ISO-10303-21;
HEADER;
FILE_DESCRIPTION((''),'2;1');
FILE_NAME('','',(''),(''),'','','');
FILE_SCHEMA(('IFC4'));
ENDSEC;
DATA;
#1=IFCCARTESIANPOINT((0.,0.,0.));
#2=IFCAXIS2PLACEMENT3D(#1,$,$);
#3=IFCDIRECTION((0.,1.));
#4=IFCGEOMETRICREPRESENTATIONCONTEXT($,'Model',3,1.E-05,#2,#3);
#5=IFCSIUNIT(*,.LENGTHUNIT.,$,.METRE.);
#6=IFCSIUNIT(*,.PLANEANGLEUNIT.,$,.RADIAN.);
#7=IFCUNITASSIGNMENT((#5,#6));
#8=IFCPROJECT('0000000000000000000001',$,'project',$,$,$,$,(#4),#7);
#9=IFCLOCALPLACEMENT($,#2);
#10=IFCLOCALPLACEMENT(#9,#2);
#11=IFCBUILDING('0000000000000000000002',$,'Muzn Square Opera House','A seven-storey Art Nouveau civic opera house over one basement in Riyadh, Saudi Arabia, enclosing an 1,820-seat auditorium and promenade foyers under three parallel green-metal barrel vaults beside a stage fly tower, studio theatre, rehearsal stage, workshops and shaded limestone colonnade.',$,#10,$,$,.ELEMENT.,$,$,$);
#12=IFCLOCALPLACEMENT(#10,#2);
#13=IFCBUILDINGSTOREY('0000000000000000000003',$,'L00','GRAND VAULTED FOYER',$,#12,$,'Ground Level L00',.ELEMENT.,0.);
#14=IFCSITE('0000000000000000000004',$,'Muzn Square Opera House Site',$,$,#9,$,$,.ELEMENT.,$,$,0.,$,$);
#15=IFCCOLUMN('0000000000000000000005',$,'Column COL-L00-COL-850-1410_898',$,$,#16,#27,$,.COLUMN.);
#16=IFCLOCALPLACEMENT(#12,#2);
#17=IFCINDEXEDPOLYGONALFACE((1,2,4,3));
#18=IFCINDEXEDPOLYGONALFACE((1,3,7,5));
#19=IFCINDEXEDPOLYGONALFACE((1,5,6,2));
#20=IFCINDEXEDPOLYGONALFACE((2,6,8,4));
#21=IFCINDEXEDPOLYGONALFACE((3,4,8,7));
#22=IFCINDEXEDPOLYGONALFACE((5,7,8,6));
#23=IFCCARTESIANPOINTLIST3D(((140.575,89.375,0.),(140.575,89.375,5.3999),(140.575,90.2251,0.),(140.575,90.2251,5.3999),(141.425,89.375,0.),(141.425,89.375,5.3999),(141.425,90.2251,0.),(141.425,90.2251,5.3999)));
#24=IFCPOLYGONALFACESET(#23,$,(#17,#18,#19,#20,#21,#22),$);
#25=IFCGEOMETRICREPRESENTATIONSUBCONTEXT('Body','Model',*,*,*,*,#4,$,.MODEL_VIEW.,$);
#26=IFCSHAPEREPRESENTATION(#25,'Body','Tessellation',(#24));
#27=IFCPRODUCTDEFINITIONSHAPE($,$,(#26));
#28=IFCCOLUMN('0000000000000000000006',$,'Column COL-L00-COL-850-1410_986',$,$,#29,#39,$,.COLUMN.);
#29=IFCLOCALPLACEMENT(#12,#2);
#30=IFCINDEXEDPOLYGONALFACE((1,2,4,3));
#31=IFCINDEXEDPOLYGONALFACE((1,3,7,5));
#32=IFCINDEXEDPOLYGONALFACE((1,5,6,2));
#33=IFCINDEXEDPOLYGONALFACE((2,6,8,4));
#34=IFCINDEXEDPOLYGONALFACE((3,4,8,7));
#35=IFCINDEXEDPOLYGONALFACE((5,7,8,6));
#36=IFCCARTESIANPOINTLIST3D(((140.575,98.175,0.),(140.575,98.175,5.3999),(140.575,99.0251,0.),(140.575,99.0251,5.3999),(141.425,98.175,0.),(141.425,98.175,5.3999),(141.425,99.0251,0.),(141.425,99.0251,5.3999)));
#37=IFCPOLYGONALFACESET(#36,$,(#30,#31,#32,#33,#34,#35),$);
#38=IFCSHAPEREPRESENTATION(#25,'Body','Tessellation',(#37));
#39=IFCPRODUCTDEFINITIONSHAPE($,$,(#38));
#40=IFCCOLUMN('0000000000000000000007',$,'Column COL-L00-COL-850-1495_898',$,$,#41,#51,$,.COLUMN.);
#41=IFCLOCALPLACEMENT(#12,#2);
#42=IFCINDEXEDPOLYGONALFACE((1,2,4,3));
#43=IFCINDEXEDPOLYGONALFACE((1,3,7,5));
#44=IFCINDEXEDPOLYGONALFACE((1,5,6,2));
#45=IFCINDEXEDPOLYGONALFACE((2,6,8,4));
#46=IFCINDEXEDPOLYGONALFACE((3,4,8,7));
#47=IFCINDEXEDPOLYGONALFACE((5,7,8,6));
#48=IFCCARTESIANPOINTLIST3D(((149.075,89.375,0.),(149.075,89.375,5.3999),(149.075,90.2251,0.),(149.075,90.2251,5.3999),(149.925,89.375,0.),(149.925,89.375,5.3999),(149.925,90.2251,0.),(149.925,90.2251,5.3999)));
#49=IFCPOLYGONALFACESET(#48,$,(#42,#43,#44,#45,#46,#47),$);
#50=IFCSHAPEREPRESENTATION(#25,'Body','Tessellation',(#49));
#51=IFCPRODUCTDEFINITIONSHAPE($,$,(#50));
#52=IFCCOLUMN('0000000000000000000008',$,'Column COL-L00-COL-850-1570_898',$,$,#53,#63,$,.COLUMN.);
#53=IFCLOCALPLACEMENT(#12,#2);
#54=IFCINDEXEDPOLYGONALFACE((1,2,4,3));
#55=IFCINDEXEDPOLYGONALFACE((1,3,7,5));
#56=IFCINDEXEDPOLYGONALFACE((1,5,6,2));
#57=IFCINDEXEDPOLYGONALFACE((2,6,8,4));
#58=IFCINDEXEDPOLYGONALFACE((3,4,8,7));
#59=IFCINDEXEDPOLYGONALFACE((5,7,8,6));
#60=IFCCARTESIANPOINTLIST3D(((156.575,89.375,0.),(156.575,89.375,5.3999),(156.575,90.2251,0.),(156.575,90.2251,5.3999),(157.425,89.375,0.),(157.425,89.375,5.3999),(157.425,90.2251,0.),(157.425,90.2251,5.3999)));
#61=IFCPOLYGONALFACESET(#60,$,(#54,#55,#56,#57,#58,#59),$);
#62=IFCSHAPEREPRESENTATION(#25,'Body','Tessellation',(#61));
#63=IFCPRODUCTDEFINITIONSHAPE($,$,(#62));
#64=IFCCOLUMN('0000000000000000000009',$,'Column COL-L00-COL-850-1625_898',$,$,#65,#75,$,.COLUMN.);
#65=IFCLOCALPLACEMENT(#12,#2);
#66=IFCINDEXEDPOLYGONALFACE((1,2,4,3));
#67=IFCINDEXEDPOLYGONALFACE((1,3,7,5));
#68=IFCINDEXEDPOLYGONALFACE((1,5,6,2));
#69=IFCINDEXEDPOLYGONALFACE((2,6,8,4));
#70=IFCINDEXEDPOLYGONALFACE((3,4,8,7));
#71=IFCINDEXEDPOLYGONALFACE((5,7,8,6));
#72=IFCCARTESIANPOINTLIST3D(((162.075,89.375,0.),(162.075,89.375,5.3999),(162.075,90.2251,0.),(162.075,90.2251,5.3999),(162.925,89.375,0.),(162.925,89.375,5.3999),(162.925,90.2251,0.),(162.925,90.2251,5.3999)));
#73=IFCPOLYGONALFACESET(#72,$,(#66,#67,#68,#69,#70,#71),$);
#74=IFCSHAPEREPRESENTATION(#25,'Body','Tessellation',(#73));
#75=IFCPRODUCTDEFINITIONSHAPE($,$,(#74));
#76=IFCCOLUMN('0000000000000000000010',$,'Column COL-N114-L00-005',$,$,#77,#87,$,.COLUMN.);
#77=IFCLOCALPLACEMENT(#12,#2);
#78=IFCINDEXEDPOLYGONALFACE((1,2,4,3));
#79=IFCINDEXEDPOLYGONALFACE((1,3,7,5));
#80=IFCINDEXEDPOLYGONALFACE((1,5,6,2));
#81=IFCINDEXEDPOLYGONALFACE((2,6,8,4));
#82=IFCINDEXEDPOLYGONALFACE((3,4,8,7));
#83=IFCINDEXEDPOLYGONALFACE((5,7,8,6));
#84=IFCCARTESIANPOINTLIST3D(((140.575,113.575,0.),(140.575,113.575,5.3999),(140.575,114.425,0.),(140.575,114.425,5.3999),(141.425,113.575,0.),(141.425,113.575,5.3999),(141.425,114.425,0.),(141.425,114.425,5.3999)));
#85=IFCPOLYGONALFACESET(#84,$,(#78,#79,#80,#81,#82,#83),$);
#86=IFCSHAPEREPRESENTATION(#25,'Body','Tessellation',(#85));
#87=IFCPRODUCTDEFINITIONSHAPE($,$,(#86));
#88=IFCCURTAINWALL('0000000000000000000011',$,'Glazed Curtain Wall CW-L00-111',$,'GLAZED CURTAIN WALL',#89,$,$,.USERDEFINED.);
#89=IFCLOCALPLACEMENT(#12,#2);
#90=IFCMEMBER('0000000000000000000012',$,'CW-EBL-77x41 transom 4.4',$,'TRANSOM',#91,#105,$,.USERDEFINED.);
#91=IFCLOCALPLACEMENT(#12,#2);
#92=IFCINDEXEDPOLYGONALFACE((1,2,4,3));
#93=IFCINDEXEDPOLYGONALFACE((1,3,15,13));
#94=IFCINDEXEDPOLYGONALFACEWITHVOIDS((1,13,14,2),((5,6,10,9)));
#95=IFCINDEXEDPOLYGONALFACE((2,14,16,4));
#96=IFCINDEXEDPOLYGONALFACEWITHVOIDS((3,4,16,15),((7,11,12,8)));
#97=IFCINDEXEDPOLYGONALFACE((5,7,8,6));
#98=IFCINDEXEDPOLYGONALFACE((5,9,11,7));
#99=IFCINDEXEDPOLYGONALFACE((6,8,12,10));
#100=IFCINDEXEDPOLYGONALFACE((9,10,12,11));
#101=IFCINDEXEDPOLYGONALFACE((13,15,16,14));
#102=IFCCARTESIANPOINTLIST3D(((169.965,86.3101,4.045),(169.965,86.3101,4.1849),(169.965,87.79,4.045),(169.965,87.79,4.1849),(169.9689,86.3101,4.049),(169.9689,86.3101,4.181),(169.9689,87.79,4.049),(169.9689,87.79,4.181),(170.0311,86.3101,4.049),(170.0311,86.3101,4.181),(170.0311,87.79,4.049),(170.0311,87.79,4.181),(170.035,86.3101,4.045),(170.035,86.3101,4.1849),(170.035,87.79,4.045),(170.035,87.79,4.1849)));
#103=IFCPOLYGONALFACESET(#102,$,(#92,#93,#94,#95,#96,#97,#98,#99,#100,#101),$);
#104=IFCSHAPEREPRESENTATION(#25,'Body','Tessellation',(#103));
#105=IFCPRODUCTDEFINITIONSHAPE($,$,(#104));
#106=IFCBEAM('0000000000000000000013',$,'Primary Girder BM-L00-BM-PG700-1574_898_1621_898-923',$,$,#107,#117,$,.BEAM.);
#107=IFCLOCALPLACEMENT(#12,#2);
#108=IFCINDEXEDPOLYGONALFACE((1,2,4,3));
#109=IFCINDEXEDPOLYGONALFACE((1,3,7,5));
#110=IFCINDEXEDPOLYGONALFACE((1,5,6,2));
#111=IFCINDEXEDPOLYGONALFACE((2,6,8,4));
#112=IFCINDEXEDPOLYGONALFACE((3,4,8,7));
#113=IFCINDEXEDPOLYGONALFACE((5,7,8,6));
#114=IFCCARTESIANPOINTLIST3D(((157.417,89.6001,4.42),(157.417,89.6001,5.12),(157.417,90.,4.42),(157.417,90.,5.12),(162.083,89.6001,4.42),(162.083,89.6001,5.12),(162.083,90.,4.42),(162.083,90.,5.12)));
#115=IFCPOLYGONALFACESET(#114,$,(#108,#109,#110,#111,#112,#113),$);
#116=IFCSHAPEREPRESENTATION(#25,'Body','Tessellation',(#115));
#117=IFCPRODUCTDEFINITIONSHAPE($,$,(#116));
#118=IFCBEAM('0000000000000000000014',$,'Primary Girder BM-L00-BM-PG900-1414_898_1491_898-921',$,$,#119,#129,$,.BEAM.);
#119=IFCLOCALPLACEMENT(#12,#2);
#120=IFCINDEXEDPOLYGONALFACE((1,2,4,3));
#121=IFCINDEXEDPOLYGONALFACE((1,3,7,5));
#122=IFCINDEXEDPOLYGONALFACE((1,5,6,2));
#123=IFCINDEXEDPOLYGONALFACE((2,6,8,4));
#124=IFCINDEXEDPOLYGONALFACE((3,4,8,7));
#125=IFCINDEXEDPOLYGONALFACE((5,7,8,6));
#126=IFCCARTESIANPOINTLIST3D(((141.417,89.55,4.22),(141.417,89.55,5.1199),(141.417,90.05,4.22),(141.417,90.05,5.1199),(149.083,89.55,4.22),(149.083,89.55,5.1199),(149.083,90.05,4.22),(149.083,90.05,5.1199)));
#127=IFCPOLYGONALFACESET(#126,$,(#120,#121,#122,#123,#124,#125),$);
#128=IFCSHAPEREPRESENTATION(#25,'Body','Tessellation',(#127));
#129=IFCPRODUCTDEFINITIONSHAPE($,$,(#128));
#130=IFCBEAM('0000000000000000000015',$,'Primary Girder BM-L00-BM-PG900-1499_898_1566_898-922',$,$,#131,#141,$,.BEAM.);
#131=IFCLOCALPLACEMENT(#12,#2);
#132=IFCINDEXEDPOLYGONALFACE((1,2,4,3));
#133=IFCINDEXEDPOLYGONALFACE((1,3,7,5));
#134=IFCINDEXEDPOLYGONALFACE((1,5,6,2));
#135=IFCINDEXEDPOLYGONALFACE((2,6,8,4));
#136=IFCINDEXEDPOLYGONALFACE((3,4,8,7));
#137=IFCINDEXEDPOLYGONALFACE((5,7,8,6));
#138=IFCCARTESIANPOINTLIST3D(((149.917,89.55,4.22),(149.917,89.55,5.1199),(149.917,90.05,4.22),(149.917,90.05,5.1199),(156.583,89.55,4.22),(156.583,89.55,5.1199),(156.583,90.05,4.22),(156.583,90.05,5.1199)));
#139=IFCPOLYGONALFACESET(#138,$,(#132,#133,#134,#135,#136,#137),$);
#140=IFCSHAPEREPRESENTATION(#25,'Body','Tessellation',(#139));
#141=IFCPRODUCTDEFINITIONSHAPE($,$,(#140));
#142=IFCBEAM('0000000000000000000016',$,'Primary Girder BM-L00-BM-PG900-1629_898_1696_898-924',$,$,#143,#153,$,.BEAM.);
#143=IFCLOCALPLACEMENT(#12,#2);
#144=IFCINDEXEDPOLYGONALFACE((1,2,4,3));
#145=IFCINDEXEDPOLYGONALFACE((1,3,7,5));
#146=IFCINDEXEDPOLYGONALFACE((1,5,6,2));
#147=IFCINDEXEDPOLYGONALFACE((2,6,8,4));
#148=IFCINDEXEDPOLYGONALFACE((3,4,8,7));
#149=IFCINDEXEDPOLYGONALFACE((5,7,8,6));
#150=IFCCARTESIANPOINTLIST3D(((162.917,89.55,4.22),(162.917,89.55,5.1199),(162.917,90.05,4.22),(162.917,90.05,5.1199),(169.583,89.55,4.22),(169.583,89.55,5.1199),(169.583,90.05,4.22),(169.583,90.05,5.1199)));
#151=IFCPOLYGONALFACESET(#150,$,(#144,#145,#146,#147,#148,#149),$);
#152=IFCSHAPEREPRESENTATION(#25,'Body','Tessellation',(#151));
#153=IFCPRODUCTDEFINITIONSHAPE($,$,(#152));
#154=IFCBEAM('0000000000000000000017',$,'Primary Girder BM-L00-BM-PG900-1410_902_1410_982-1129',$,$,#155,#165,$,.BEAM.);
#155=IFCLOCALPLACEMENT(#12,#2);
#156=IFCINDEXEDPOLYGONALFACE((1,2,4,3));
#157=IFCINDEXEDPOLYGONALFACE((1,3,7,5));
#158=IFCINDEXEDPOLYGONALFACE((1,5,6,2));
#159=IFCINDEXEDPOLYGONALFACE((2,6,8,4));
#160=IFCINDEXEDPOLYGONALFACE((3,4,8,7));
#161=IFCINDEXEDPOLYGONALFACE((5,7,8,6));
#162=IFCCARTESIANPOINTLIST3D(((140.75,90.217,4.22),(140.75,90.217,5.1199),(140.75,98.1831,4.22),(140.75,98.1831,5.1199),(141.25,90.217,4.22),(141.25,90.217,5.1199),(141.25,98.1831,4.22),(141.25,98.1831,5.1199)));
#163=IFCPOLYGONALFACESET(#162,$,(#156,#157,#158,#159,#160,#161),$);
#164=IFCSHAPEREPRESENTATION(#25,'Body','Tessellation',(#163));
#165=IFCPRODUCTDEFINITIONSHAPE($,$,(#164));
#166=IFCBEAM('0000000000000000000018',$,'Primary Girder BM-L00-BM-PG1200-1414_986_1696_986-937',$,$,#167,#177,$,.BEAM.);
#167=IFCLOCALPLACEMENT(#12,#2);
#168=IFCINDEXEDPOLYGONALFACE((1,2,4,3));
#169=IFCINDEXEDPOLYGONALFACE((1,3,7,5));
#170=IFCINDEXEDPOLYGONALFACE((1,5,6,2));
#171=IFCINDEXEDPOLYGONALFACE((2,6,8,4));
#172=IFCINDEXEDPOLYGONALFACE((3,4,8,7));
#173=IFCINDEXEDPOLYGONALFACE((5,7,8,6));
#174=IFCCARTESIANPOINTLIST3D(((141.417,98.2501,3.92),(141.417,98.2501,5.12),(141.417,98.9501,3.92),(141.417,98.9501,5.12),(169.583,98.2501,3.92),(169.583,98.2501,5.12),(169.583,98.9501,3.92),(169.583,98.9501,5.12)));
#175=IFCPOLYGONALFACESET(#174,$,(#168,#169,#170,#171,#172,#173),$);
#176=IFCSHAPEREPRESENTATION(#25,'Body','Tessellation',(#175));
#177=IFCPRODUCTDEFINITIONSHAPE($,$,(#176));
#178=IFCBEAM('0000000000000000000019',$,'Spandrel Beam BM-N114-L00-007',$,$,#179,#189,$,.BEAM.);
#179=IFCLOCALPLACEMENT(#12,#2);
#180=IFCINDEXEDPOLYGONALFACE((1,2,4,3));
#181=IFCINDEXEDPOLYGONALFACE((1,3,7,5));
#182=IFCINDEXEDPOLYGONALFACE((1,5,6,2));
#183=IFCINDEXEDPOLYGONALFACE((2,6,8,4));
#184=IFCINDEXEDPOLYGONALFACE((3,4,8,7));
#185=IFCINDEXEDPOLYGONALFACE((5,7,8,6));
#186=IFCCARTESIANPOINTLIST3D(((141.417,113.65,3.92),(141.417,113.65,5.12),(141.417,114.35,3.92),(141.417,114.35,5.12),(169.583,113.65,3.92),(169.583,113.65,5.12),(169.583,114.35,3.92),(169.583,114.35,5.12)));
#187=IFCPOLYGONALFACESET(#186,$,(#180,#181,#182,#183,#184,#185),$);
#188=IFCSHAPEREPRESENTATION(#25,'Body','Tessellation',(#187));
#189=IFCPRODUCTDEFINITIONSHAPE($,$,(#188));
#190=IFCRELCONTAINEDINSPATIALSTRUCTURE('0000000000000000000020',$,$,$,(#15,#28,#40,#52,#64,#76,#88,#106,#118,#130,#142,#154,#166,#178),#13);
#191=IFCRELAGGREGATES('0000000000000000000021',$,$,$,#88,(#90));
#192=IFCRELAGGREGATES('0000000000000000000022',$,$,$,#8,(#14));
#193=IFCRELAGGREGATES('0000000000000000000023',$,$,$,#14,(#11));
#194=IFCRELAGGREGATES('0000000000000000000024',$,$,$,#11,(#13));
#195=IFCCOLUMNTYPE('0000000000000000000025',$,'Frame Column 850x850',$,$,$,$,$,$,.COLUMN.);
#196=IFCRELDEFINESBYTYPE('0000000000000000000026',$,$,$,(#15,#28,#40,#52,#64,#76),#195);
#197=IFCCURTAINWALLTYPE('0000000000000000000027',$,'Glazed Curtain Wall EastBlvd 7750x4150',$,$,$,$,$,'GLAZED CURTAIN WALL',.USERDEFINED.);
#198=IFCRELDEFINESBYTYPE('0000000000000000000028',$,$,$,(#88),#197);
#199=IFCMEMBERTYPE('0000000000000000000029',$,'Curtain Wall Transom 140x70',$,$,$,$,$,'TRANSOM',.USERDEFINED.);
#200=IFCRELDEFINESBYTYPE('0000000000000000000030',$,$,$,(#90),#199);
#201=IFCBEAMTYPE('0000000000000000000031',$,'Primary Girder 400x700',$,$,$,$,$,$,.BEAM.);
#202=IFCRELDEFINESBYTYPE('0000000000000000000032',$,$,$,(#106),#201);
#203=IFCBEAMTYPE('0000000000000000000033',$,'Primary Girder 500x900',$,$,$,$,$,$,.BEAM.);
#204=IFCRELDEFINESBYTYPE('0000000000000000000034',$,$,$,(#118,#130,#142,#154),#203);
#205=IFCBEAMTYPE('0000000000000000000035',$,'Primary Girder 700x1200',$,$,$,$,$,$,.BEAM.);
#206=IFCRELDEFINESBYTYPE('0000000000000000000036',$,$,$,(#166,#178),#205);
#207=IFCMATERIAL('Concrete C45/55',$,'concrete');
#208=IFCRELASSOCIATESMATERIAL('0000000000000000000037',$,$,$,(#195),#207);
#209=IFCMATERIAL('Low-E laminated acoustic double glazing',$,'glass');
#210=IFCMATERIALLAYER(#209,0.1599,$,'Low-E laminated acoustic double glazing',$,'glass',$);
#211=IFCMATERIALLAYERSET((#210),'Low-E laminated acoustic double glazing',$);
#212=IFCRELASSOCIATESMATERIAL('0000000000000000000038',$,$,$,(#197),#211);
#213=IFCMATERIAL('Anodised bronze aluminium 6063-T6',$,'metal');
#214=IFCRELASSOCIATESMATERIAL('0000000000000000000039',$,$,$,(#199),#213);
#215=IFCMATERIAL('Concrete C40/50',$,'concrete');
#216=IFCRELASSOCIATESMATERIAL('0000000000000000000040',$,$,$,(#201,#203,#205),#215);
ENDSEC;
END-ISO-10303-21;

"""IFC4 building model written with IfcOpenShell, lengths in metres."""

from ifc_helpers import new_model, si_unit, direction, frame, origin, origin_2d, place, context, subcontext, project, spatial, rectangle, hollow_rectangle, extrude, material, layer, layer_set, material_profile, profile_set, type_object, element, aggregate, save


model = new_model("IFC4")

# Units and contexts
model_context = context("Model", 3, precision=1e-05, world=origin(), true_north=direction((0.0, 1.0)))
body_context = subcontext(model_context, "Body", "Model", "MODEL_VIEW")
ifc_project = project(units=[si_unit("LENGTHUNIT", "METRE"), si_unit("PLANEANGLEUNIT", "RADIAN")], contexts=[model_context])

# Site, building, storey
site_placement = place(None, origin())
site = spatial("IfcSite", under=ifc_project, at=site_placement, Name="Muzn Square Opera House Site", CompositionType="ELEMENT", RefElevation=0.0)
building_placement = place(site_placement, origin())
building = spatial("IfcBuilding", under=site, at=building_placement, Name="Muzn Square Opera House", Description="A seven-storey Art Nouveau civic opera house over one basement in Riyadh, Saudi Arabia, enclosing an 1,820-seat auditorium and promenade foyers under three parallel green-metal barrel vaults beside a stage fly tower, studio theatre, rehearsal stage, workshops and shaded limestone colonnade.", CompositionType="ELEMENT")
storey_placement = place(building_placement, origin())
storey = spatial("IfcBuildingStorey", under=building, at=storey_placement, Name="L00", Description="GRAND VAULTED FOYER", LongName="Ground Level L00", CompositionType="ELEMENT", Elevation=0.0)

# Columns
ifc_material_1 = material(Name="Concrete C45/55", Category="concrete")
ifc_material_profile_1 = material_profile(ifc_material_1, rectangle(XDim=0.8501, YDim=0.8501, at=origin_2d()), Name="RC 850x850", Category="concrete")
ifc_profile_set_1 = profile_set([ifc_material_profile_1], Name="Concrete C45/55")
column_type = type_object("IfcColumnType", Name="Frame Column 850x850", PredefinedType="COLUMN", material=ifc_profile_set_1)
for number, where, z_axis, x_axis, name in (
    (1, (141.0, 89.8, 0.0), (0.0, 0.0, 1.0), (1.0, 0.0, 0.0), "Column COL-L00-COL-850-1410_898"),
    (2, (141.0, 98.6001, 0.0), (0.0, 0.0, 1.0), (1.0, 0.0, 0.0), "Column COL-L00-COL-850-1410_986"),
    (3, (149.5, 89.8, 0.0), (0.0, 0.0, 1.0), (1.0, 0.0, 0.0), "Column COL-L00-COL-850-1495_898"),
    (4, (157.0, 89.8, 0.0), (0.0, 0.0, 1.0), (1.0, 0.0, 0.0), "Column COL-L00-COL-850-1570_898"),
    (5, (162.5, 89.8, 0.0), (0.0, 0.0, 1.0), (1.0, 0.0, 0.0), "Column COL-L00-COL-850-1625_898"),
    (6, (141.0, 114.0, 0.0), (0.0, 0.0, 1.0), (1.0, 0.0, 0.0), "Column COL-N114-L00-005"),
):
    element("IfcColumn", number, at=place(storey_placement, frame(where, z_axis=z_axis, x_axis=x_axis)), inside=storey, type_object=column_type, Name=name, PredefinedType="COLUMN", context=body_context, shape_type="SweptSolid", body=[
        extrude(rectangle(XDim=0.8501, YDim=0.8501, at=origin_2d()), origin(), (0.0, 0.0, 1.0), 5.3999),
    ])

# Curtain wall, member
ifc_material_2 = material(Name="Low-E laminated acoustic double glazing", Category="glass")
ifc_layer_1 = layer(ifc_material_2, 0.1599, Name="Low-E laminated acoustic double glazing", Category="glass")
ifc_layer_set_1 = layer_set([ifc_layer_1], Name="Low-E laminated acoustic double glazing")
curtain_wall_type = type_object("IfcCurtainWallType", Name="Glazed Curtain Wall EastBlvd 7750x4150", ElementType="GLAZED CURTAIN WALL", PredefinedType="USERDEFINED", material=ifc_layer_set_1)
curtain_wall_placement = place(storey_placement, origin())
curtain_wall = element("IfcCurtainWall", 7, at=curtain_wall_placement, inside=storey, type_object=curtain_wall_type, Name="Glazed Curtain Wall CW-L00-111", ObjectType="GLAZED CURTAIN WALL", PredefinedType="USERDEFINED")
ifc_material_3 = material(Name="Anodised bronze aluminium 6063-T6", Category="metal")
ifc_material_profile_2 = material_profile(ifc_material_3, hollow_rectangle(XDim=0.0701, YDim=0.1399, WallThickness=0.0039, at=origin_2d()), Name="ALU 140x70x4", Category="metal")
ifc_profile_set_2 = profile_set([ifc_material_profile_2], Name="Anodised bronze aluminium 6063-T6")
member_type = type_object("IfcMemberType", Name="Curtain Wall Transom 140x70", ElementType="TRANSOM", PredefinedType="USERDEFINED", material=ifc_profile_set_2)
member_placement = place(storey_placement, frame((170.0, 86.3101, 4.115), z_axis=(0.0, 1.0, 0.0), x_axis=(-1.0, 0.0, 0.0)))
member = element("IfcMember", 8, at=member_placement, type_object=member_type, Name="CW-EBL-77x41 transom 4.4", ObjectType="TRANSOM", PredefinedType="USERDEFINED", context=body_context, shape_type="SweptSolid", body=[
    extrude(hollow_rectangle(XDim=0.0701, YDim=0.1399, WallThickness=0.0039, at=origin_2d()), origin(), (0.0, 0.0, 1.0), 1.48),
])
aggregate(curtain_wall, [member])

# Beams
ifc_material_4 = material(Name="Concrete C40/50", Category="concrete")
ifc_material_profile_3 = material_profile(ifc_material_4, rectangle(XDim=0.3999, YDim=0.7, at=origin_2d()), Name="RCB 400x700", Category="concrete")
ifc_profile_set_3 = profile_set([ifc_material_profile_3], Name="Concrete C40/50")
beam_type_1 = type_object("IfcBeamType", Name="Primary Girder 400x700", PredefinedType="BEAM", material=ifc_profile_set_3)
beam_1_placement = place(storey_placement, frame((157.417, 89.8, 4.77), z_axis=(1.0, 0.0, 0.0), x_axis=(0.0, 1.0, 0.0)))
element("IfcBeam", 9, at=beam_1_placement, inside=storey, type_object=beam_type_1, Name="Primary Girder BM-L00-BM-PG700-1574_898_1621_898-923", PredefinedType="BEAM", context=body_context, shape_type="SweptSolid", body=[
    extrude(rectangle(XDim=0.3999, YDim=0.7, at=origin_2d()), origin(), (0.0, 0.0, 1.0), 4.666),
])
ifc_material_profile_4 = material_profile(ifc_material_4, rectangle(XDim=0.5, YDim=0.8999, at=origin_2d()), Name="RCB 500x900", Category="concrete")
ifc_profile_set_4 = profile_set([ifc_material_profile_4], Name="Concrete C40/50")
beam_type_2 = type_object("IfcBeamType", Name="Primary Girder 500x900", PredefinedType="BEAM", material=ifc_profile_set_4)
beam_2_placement = place(storey_placement, frame((141.417, 89.8, 4.6699), z_axis=(1.0, 0.0, 0.0), x_axis=(0.0, 1.0, 0.0)))
element("IfcBeam", 10, at=beam_2_placement, inside=storey, type_object=beam_type_2, Name="Primary Girder BM-L00-BM-PG900-1414_898_1491_898-921", PredefinedType="BEAM", context=body_context, shape_type="SweptSolid", body=[
    extrude(rectangle(XDim=0.5, YDim=0.8999, at=origin_2d()), origin(), (0.0, 0.0, 1.0), 7.666),
])
for number, where, z_axis, x_axis, name in (
    (11, (149.917, 89.8, 4.6699), (1.0, 0.0, 0.0), (0.0, 1.0, 0.0), "Primary Girder BM-L00-BM-PG900-1499_898_1566_898-922"),
    (12, (162.917, 89.8, 4.6699), (1.0, 0.0, 0.0), (0.0, 1.0, 0.0), "Primary Girder BM-L00-BM-PG900-1629_898_1696_898-924"),
):
    element("IfcBeam", number, at=place(storey_placement, frame(where, z_axis=z_axis, x_axis=x_axis)), inside=storey, type_object=beam_type_2, Name=name, PredefinedType="BEAM", context=body_context, shape_type="SweptSolid", body=[
        extrude(rectangle(XDim=0.5, YDim=0.8999, at=origin_2d()), origin(), (0.0, 0.0, 1.0), 6.666),
    ])
beam_3_placement = place(storey_placement, frame((141.0, 90.217, 4.6699), z_axis=(0.0, 1.0, 0.0), x_axis=(-1.0, 0.0, 0.0)))
element("IfcBeam", 13, at=beam_3_placement, inside=storey, type_object=beam_type_2, Name="Primary Girder BM-L00-BM-PG900-1410_902_1410_982-1129", PredefinedType="BEAM", context=body_context, shape_type="SweptSolid", body=[
    extrude(rectangle(XDim=0.5, YDim=0.8999, at=origin_2d()), origin(), (0.0, 0.0, 1.0), 7.9661),
])
ifc_material_profile_5 = material_profile(ifc_material_4, rectangle(XDim=0.7, YDim=1.2, at=origin_2d()), Name="RCB 700x1200", Category="concrete")
ifc_profile_set_5 = profile_set([ifc_material_profile_5], Name="Concrete C40/50")
beam_type_3 = type_object("IfcBeamType", Name="Primary Girder 700x1200", PredefinedType="BEAM", material=ifc_profile_set_5)
for number, where, z_axis, x_axis, name in (
    (14, (141.417, 98.6001, 4.52), (1.0, 0.0, 0.0), (0.0, 1.0, 0.0), "Primary Girder BM-L00-BM-PG1200-1414_986_1696_986-937"),
    (15, (141.417, 114.0, 4.52), (1.0, 0.0, 0.0), (0.0, 1.0, 0.0), "Spandrel Beam BM-N114-L00-007"),
):
    element("IfcBeam", number, at=place(storey_placement, frame(where, z_axis=z_axis, x_axis=x_axis)), inside=storey, type_object=beam_type_3, Name=name, PredefinedType="BEAM", context=body_context, shape_type="SweptSolid", body=[
        extrude(rectangle(XDim=0.7, YDim=1.2, at=origin_2d()), origin(), (0.0, 0.0, 1.0), 28.166),
    ])

save(model, "model.ifc")
